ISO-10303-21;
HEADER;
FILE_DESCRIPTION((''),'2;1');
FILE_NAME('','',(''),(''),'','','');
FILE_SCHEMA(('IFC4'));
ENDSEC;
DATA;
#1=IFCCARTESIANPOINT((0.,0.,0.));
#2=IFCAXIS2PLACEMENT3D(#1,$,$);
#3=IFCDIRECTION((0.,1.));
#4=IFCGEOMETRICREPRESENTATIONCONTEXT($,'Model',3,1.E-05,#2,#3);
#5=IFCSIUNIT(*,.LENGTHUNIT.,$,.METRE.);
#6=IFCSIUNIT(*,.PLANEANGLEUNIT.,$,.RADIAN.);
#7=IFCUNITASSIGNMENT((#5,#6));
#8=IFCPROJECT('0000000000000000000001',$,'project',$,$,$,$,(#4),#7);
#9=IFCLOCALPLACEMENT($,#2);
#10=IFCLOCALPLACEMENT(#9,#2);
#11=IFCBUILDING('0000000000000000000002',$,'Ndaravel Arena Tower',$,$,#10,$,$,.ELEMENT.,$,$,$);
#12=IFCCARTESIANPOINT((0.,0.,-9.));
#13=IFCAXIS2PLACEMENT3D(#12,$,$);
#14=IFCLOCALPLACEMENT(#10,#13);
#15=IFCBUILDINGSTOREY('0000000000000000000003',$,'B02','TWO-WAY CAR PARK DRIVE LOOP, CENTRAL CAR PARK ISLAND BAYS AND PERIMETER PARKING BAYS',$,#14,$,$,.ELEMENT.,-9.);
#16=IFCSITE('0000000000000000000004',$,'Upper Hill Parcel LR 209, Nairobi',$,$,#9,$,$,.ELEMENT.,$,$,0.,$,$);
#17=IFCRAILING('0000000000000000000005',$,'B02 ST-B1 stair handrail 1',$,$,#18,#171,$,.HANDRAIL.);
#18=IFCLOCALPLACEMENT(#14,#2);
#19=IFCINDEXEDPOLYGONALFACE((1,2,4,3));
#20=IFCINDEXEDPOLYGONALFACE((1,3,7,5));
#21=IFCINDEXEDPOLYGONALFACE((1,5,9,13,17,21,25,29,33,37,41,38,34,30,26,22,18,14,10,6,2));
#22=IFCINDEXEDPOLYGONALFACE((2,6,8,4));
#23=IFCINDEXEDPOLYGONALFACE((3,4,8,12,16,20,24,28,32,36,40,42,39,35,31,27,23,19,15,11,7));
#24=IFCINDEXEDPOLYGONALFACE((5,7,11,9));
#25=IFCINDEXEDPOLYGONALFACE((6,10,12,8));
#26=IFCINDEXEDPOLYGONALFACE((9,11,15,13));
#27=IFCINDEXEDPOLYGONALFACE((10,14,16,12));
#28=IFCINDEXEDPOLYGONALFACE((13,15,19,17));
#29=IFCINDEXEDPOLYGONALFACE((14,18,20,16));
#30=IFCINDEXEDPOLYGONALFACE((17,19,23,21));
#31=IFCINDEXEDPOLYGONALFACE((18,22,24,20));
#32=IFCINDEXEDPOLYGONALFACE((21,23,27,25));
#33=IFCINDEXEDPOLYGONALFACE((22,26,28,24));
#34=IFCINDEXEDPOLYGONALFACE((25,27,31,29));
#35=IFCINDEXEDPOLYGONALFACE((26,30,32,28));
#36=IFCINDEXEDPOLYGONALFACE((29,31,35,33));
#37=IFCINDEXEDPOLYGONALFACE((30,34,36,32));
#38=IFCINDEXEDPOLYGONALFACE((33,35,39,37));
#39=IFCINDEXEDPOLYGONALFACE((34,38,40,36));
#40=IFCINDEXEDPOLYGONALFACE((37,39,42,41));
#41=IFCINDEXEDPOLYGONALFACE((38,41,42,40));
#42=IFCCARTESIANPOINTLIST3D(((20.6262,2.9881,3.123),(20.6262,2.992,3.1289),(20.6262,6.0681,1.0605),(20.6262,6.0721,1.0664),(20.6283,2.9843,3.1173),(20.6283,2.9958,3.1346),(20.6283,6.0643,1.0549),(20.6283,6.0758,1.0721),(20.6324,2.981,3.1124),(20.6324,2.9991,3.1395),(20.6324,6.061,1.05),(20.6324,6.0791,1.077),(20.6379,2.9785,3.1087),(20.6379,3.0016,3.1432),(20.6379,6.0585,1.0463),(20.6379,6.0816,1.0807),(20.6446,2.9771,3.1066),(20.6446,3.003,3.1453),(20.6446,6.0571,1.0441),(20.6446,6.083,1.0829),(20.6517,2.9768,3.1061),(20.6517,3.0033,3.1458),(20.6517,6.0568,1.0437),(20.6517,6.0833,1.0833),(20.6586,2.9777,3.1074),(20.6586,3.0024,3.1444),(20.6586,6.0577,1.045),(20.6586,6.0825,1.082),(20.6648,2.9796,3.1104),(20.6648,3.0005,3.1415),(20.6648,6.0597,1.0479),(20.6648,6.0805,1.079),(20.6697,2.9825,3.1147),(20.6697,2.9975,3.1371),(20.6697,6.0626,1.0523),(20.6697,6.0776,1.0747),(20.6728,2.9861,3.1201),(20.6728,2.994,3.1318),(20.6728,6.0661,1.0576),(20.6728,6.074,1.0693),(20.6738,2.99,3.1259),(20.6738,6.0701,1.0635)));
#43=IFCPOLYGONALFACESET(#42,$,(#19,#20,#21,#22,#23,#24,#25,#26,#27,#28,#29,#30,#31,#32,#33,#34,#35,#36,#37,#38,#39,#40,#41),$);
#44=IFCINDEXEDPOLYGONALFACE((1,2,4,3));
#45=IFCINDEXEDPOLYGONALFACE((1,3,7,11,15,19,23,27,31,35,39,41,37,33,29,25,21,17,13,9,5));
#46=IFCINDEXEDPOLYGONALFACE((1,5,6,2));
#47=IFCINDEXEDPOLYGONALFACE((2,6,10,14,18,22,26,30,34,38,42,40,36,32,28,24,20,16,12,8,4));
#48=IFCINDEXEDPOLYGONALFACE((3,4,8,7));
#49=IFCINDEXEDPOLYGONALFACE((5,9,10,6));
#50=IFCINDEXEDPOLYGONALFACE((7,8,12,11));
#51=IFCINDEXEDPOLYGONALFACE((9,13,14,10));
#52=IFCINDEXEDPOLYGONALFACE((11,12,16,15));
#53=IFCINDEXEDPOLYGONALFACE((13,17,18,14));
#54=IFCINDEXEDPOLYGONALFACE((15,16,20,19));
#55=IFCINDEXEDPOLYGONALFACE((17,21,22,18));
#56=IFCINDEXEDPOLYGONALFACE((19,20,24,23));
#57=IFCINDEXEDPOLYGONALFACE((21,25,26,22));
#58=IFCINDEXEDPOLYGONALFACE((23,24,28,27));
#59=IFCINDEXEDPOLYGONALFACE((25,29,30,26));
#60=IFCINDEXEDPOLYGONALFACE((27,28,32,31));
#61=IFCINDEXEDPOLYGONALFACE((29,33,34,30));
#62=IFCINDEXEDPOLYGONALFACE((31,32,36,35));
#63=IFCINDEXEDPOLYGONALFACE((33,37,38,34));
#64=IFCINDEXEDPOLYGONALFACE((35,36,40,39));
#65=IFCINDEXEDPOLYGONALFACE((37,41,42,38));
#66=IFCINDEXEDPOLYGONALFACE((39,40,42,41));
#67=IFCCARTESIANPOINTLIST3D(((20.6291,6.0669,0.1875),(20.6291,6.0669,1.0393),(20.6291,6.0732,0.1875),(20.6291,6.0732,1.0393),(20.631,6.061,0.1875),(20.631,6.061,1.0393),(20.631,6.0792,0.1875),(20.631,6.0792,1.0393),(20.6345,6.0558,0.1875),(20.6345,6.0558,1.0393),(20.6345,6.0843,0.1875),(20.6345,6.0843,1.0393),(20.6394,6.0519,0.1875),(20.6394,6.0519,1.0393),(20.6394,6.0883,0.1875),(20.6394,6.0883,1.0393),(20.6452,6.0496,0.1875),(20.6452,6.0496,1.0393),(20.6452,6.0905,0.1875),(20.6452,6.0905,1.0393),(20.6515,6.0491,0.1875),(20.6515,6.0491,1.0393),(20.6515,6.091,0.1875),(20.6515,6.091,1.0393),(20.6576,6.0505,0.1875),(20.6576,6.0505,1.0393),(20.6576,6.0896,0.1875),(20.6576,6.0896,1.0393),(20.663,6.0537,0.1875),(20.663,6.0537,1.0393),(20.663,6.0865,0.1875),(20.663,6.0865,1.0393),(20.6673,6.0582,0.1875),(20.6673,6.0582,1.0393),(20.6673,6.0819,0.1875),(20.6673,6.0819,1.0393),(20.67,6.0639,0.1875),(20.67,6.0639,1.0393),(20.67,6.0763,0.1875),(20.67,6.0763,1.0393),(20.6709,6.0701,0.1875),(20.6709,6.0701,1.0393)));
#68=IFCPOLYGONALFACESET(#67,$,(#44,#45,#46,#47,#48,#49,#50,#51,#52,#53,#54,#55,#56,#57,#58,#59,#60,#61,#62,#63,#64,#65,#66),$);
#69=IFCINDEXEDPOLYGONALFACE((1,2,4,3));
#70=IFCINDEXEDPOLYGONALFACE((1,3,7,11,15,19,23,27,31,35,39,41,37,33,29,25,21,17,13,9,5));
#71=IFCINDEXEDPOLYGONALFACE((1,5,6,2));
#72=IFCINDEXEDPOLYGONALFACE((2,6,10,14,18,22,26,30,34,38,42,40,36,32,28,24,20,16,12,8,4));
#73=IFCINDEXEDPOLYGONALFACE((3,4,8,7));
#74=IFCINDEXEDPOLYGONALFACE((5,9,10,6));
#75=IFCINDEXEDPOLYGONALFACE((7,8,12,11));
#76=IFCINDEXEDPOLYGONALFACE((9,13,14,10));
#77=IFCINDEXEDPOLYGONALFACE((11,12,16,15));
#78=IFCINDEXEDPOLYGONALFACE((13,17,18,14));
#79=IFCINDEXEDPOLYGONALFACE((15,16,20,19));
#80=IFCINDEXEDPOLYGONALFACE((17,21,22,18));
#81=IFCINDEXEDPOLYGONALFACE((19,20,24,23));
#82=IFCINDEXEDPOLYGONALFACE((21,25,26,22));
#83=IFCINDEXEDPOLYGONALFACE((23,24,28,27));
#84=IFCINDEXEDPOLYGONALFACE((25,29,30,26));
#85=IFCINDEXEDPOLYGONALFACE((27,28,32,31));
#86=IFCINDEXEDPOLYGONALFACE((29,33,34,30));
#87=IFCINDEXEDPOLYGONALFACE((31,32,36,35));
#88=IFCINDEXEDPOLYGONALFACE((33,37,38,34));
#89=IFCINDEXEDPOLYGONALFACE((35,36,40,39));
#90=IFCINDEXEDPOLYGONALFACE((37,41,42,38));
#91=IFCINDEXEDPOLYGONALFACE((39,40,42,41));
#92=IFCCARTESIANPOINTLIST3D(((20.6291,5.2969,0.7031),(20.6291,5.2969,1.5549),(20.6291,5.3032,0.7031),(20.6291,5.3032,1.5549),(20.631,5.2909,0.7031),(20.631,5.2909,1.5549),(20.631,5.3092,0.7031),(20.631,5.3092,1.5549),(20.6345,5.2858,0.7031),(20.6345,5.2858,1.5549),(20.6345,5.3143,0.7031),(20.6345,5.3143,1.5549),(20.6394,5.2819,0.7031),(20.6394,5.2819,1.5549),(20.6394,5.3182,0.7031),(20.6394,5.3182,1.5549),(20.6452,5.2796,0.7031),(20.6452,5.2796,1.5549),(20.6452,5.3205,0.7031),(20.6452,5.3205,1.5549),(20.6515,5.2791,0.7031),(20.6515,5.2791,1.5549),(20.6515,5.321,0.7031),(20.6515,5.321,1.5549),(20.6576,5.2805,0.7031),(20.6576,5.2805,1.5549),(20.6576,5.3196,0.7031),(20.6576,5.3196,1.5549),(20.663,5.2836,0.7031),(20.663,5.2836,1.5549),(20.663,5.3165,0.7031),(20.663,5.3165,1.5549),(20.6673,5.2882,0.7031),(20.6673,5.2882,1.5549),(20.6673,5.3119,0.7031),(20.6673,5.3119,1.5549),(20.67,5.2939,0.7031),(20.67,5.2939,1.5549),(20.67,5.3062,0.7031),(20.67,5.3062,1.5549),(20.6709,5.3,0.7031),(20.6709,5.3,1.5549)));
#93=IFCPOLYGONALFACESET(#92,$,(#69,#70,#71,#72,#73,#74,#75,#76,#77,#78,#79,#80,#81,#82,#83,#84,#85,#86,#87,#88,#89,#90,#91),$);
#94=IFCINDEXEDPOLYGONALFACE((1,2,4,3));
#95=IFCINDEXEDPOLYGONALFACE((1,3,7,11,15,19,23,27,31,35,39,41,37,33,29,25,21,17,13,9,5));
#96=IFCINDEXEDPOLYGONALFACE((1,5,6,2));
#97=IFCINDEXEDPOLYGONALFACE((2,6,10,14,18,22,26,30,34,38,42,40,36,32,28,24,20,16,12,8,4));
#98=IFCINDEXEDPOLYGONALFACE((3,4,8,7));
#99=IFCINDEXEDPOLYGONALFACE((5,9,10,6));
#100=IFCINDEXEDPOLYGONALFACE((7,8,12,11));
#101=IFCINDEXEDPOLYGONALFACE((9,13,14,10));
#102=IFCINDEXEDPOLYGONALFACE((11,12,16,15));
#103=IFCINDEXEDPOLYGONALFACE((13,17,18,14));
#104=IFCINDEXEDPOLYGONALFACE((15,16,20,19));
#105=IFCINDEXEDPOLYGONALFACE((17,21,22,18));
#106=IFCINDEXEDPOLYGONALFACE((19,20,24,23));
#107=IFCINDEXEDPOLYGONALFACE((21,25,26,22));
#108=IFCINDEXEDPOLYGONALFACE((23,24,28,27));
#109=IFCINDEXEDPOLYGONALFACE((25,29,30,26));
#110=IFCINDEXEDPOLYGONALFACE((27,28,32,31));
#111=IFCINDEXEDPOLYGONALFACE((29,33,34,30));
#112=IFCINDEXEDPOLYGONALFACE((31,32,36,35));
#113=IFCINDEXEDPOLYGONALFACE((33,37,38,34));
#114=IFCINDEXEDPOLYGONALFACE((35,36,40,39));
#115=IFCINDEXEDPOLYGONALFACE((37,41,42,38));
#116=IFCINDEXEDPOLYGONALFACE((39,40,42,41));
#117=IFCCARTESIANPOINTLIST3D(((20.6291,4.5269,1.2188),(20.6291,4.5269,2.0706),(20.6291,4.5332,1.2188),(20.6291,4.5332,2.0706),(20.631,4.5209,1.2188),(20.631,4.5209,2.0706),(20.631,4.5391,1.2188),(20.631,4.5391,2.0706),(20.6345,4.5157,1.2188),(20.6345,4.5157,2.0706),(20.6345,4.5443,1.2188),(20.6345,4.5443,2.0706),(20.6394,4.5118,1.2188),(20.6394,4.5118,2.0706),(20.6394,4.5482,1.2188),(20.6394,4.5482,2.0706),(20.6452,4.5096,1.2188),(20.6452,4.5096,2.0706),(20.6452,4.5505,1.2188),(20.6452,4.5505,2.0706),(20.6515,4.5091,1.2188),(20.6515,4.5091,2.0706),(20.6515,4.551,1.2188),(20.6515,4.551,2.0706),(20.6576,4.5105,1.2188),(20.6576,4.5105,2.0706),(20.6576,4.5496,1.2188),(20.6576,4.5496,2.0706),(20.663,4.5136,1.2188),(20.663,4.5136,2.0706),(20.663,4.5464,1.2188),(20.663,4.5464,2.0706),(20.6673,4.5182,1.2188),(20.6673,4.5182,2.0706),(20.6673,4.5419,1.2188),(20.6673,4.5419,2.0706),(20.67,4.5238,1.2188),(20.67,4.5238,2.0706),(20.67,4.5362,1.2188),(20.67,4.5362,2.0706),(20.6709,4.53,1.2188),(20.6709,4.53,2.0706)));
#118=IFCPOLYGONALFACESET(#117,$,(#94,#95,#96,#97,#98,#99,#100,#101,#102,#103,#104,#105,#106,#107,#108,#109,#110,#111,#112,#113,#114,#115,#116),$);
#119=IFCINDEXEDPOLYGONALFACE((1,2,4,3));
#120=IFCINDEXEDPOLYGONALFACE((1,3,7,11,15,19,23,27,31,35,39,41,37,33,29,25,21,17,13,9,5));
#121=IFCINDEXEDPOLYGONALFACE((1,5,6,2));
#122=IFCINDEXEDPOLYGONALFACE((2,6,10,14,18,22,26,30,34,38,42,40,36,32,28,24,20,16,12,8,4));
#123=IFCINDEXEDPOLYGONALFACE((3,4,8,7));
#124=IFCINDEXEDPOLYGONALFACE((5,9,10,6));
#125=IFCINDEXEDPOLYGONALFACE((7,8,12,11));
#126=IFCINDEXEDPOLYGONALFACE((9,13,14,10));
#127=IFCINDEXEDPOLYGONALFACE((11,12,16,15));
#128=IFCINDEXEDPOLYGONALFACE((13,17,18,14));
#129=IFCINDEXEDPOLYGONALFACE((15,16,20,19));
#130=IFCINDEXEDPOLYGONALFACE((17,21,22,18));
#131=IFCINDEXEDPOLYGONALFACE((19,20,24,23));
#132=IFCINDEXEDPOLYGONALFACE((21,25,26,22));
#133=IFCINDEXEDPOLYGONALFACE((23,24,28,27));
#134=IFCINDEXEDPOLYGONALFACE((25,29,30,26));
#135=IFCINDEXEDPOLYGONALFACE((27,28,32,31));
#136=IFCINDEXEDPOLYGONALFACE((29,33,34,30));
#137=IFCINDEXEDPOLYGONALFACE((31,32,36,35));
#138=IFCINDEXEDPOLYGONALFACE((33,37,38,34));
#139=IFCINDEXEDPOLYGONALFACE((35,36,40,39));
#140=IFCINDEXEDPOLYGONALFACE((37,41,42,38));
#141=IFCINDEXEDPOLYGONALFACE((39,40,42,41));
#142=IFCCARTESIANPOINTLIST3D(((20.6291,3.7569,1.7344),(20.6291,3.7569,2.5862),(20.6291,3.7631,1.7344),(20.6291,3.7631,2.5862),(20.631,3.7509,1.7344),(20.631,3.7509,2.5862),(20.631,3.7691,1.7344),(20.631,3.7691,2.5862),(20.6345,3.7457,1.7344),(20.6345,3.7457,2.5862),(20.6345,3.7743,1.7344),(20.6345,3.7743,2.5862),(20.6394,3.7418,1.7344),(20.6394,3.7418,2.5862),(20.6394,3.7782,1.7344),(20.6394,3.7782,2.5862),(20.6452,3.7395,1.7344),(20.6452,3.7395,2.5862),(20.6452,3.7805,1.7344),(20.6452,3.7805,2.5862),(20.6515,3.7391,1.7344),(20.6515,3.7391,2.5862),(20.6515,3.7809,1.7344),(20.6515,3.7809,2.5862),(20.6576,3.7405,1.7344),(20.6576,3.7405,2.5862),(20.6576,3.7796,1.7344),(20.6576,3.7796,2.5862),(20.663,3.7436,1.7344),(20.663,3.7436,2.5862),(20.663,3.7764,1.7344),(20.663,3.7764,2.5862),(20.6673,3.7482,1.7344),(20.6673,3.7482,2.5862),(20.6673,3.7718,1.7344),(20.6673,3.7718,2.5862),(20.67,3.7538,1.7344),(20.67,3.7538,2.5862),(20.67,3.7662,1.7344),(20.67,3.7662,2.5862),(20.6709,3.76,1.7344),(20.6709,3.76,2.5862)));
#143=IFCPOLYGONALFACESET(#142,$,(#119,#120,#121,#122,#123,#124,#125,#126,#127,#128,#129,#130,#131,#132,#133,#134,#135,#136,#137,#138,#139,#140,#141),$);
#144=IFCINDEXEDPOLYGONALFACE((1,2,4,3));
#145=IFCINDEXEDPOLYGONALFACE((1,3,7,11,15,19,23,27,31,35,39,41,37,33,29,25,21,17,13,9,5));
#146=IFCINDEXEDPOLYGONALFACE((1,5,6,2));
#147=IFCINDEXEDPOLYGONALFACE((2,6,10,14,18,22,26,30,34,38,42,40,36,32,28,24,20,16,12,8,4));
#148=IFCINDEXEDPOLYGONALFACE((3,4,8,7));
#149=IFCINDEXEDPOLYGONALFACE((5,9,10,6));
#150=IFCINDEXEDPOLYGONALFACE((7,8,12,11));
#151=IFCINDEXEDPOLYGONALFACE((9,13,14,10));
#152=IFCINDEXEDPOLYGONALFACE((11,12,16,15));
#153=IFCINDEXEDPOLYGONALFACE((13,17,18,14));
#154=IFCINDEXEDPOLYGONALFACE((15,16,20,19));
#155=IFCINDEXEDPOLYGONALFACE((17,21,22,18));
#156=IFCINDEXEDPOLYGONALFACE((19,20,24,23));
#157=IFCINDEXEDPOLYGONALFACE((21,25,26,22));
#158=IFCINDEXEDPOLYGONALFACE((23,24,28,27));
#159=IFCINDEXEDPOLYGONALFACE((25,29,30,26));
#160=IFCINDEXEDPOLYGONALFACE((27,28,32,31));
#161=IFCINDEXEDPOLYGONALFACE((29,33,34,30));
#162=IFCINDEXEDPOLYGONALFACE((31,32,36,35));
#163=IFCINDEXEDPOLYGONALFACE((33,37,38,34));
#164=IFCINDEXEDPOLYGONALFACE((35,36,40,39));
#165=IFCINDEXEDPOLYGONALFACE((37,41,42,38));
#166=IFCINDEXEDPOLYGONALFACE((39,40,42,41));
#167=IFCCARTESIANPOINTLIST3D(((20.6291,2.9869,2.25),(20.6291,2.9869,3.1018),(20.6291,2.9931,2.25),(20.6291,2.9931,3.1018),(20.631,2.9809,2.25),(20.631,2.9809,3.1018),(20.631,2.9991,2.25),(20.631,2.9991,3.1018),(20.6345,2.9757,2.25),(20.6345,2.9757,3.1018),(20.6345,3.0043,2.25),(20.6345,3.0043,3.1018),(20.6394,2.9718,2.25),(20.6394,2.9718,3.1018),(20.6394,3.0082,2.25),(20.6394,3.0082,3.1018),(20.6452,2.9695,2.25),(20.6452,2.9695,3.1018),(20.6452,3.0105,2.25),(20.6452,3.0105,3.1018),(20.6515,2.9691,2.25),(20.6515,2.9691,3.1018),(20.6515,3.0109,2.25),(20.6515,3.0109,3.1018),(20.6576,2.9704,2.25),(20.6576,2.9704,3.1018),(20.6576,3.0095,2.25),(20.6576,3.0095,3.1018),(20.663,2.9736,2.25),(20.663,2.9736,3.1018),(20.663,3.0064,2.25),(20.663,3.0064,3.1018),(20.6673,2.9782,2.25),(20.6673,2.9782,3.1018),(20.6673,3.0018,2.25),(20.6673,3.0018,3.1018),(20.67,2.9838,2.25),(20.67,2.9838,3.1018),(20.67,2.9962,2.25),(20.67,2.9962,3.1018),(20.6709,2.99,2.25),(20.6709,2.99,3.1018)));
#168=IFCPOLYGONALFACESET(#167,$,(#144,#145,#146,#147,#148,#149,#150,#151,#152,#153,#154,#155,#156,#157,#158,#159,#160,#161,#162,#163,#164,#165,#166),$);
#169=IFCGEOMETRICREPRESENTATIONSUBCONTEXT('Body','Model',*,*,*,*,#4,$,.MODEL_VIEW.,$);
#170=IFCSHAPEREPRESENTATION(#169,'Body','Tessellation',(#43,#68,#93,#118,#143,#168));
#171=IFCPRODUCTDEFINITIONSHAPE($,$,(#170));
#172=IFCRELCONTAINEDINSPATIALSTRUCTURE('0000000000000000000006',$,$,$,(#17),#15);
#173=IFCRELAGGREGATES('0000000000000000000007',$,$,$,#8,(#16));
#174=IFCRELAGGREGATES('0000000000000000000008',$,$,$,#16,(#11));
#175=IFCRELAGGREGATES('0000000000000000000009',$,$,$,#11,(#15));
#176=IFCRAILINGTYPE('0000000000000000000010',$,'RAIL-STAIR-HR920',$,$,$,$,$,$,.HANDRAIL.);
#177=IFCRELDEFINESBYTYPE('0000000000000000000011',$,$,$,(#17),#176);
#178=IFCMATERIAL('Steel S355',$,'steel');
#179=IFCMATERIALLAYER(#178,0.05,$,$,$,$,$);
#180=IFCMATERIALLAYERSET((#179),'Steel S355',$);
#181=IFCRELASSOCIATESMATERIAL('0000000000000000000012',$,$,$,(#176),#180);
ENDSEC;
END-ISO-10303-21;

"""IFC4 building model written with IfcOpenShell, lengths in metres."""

from ifc_helpers import new_model, si_unit, direction, frame, origin, origin_2d, place, context, subcontext, project, spatial, circle, extrude, material, layer, layer_set, type_object, element, save


model = new_model("IFC4")

# Units and contexts
model_context = context("Model", 3, precision=1e-05, world=origin(), true_north=direction((0.0, 1.0)))
body_context = subcontext(model_context, "Body", "Model", "MODEL_VIEW")
ifc_project = project(units=[si_unit("LENGTHUNIT", "METRE"), si_unit("PLANEANGLEUNIT", "RADIAN")], contexts=[model_context])

# Site, building, storey
site_placement = place(None, origin())
site = spatial("IfcSite", under=ifc_project, at=site_placement, Name="Upper Hill Parcel LR 209, Nairobi", CompositionType="ELEMENT", RefElevation=0.0)
building_placement = place(site_placement, origin())
building = spatial("IfcBuilding", under=site, at=building_placement, Name="Ndaravel Arena Tower", CompositionType="ELEMENT")
storey_placement = place(building_placement, frame((0.0, 0.0, -9.0)))
storey = spatial("IfcBuildingStorey", under=building, at=storey_placement, Name="B02", Description="TWO-WAY CAR PARK DRIVE LOOP, CENTRAL CAR PARK ISLAND BAYS AND PERIMETER PARKING BAYS", CompositionType="ELEMENT", Elevation=-9.0)

# Railing
ifc_material_1 = material(Name="Steel S355", Category="steel")
ifc_layer_1 = layer(ifc_material_1, 0.05)
ifc_layer_set_1 = layer_set([ifc_layer_1], Name="Steel S355")
railing_type_1 = type_object("IfcRailingType", Name="RAIL-STAIR-HR920", PredefinedType="HANDRAIL", material=ifc_layer_set_1)
railing_1_placement = place(storey_placement, frame((20.6499, 6.0701, 0.1875)))
element("IfcRailing", 1, at=railing_1_placement, inside=storey, type_object=railing_type_1, Name="B02 ST-B1 stair handrail 1", PredefinedType="HANDRAIL", context=body_context, shape_type="SweptSolid", body=[
    extrude(circle(Radius=0.0239, at=origin_2d()), frame((0.0, 0.0, 0.876), z_axis=(0.0, -0.830914, 0.556401), x_axis=(1.0, 0.0, 0.0)), (0.0, 0.0, 1.0), 3.7068),
    extrude(circle(Radius=0.021, at=origin_2d()), origin(), (0.0, 0.0, 1.0), 0.8518),
    extrude(circle(Radius=0.021, at=origin_2d()), frame((0.0, -0.77, 0.5156)), (0.0, 0.0, 1.0), 0.8518),
    extrude(circle(Radius=0.021, at=origin_2d()), frame((0.0, -1.54, 1.0312)), (0.0, 0.0, 1.0), 0.8518),
    extrude(circle(Radius=0.021, at=origin_2d()), frame((0.0, -2.3101, 1.5469)), (0.0, 0.0, 1.0), 0.8518),
    extrude(circle(Radius=0.021, at=origin_2d()), frame((0.0, -3.0801, 2.0625)), (0.0, 0.0, 1.0), 0.8518),
])

save(model, "model.ifc")
